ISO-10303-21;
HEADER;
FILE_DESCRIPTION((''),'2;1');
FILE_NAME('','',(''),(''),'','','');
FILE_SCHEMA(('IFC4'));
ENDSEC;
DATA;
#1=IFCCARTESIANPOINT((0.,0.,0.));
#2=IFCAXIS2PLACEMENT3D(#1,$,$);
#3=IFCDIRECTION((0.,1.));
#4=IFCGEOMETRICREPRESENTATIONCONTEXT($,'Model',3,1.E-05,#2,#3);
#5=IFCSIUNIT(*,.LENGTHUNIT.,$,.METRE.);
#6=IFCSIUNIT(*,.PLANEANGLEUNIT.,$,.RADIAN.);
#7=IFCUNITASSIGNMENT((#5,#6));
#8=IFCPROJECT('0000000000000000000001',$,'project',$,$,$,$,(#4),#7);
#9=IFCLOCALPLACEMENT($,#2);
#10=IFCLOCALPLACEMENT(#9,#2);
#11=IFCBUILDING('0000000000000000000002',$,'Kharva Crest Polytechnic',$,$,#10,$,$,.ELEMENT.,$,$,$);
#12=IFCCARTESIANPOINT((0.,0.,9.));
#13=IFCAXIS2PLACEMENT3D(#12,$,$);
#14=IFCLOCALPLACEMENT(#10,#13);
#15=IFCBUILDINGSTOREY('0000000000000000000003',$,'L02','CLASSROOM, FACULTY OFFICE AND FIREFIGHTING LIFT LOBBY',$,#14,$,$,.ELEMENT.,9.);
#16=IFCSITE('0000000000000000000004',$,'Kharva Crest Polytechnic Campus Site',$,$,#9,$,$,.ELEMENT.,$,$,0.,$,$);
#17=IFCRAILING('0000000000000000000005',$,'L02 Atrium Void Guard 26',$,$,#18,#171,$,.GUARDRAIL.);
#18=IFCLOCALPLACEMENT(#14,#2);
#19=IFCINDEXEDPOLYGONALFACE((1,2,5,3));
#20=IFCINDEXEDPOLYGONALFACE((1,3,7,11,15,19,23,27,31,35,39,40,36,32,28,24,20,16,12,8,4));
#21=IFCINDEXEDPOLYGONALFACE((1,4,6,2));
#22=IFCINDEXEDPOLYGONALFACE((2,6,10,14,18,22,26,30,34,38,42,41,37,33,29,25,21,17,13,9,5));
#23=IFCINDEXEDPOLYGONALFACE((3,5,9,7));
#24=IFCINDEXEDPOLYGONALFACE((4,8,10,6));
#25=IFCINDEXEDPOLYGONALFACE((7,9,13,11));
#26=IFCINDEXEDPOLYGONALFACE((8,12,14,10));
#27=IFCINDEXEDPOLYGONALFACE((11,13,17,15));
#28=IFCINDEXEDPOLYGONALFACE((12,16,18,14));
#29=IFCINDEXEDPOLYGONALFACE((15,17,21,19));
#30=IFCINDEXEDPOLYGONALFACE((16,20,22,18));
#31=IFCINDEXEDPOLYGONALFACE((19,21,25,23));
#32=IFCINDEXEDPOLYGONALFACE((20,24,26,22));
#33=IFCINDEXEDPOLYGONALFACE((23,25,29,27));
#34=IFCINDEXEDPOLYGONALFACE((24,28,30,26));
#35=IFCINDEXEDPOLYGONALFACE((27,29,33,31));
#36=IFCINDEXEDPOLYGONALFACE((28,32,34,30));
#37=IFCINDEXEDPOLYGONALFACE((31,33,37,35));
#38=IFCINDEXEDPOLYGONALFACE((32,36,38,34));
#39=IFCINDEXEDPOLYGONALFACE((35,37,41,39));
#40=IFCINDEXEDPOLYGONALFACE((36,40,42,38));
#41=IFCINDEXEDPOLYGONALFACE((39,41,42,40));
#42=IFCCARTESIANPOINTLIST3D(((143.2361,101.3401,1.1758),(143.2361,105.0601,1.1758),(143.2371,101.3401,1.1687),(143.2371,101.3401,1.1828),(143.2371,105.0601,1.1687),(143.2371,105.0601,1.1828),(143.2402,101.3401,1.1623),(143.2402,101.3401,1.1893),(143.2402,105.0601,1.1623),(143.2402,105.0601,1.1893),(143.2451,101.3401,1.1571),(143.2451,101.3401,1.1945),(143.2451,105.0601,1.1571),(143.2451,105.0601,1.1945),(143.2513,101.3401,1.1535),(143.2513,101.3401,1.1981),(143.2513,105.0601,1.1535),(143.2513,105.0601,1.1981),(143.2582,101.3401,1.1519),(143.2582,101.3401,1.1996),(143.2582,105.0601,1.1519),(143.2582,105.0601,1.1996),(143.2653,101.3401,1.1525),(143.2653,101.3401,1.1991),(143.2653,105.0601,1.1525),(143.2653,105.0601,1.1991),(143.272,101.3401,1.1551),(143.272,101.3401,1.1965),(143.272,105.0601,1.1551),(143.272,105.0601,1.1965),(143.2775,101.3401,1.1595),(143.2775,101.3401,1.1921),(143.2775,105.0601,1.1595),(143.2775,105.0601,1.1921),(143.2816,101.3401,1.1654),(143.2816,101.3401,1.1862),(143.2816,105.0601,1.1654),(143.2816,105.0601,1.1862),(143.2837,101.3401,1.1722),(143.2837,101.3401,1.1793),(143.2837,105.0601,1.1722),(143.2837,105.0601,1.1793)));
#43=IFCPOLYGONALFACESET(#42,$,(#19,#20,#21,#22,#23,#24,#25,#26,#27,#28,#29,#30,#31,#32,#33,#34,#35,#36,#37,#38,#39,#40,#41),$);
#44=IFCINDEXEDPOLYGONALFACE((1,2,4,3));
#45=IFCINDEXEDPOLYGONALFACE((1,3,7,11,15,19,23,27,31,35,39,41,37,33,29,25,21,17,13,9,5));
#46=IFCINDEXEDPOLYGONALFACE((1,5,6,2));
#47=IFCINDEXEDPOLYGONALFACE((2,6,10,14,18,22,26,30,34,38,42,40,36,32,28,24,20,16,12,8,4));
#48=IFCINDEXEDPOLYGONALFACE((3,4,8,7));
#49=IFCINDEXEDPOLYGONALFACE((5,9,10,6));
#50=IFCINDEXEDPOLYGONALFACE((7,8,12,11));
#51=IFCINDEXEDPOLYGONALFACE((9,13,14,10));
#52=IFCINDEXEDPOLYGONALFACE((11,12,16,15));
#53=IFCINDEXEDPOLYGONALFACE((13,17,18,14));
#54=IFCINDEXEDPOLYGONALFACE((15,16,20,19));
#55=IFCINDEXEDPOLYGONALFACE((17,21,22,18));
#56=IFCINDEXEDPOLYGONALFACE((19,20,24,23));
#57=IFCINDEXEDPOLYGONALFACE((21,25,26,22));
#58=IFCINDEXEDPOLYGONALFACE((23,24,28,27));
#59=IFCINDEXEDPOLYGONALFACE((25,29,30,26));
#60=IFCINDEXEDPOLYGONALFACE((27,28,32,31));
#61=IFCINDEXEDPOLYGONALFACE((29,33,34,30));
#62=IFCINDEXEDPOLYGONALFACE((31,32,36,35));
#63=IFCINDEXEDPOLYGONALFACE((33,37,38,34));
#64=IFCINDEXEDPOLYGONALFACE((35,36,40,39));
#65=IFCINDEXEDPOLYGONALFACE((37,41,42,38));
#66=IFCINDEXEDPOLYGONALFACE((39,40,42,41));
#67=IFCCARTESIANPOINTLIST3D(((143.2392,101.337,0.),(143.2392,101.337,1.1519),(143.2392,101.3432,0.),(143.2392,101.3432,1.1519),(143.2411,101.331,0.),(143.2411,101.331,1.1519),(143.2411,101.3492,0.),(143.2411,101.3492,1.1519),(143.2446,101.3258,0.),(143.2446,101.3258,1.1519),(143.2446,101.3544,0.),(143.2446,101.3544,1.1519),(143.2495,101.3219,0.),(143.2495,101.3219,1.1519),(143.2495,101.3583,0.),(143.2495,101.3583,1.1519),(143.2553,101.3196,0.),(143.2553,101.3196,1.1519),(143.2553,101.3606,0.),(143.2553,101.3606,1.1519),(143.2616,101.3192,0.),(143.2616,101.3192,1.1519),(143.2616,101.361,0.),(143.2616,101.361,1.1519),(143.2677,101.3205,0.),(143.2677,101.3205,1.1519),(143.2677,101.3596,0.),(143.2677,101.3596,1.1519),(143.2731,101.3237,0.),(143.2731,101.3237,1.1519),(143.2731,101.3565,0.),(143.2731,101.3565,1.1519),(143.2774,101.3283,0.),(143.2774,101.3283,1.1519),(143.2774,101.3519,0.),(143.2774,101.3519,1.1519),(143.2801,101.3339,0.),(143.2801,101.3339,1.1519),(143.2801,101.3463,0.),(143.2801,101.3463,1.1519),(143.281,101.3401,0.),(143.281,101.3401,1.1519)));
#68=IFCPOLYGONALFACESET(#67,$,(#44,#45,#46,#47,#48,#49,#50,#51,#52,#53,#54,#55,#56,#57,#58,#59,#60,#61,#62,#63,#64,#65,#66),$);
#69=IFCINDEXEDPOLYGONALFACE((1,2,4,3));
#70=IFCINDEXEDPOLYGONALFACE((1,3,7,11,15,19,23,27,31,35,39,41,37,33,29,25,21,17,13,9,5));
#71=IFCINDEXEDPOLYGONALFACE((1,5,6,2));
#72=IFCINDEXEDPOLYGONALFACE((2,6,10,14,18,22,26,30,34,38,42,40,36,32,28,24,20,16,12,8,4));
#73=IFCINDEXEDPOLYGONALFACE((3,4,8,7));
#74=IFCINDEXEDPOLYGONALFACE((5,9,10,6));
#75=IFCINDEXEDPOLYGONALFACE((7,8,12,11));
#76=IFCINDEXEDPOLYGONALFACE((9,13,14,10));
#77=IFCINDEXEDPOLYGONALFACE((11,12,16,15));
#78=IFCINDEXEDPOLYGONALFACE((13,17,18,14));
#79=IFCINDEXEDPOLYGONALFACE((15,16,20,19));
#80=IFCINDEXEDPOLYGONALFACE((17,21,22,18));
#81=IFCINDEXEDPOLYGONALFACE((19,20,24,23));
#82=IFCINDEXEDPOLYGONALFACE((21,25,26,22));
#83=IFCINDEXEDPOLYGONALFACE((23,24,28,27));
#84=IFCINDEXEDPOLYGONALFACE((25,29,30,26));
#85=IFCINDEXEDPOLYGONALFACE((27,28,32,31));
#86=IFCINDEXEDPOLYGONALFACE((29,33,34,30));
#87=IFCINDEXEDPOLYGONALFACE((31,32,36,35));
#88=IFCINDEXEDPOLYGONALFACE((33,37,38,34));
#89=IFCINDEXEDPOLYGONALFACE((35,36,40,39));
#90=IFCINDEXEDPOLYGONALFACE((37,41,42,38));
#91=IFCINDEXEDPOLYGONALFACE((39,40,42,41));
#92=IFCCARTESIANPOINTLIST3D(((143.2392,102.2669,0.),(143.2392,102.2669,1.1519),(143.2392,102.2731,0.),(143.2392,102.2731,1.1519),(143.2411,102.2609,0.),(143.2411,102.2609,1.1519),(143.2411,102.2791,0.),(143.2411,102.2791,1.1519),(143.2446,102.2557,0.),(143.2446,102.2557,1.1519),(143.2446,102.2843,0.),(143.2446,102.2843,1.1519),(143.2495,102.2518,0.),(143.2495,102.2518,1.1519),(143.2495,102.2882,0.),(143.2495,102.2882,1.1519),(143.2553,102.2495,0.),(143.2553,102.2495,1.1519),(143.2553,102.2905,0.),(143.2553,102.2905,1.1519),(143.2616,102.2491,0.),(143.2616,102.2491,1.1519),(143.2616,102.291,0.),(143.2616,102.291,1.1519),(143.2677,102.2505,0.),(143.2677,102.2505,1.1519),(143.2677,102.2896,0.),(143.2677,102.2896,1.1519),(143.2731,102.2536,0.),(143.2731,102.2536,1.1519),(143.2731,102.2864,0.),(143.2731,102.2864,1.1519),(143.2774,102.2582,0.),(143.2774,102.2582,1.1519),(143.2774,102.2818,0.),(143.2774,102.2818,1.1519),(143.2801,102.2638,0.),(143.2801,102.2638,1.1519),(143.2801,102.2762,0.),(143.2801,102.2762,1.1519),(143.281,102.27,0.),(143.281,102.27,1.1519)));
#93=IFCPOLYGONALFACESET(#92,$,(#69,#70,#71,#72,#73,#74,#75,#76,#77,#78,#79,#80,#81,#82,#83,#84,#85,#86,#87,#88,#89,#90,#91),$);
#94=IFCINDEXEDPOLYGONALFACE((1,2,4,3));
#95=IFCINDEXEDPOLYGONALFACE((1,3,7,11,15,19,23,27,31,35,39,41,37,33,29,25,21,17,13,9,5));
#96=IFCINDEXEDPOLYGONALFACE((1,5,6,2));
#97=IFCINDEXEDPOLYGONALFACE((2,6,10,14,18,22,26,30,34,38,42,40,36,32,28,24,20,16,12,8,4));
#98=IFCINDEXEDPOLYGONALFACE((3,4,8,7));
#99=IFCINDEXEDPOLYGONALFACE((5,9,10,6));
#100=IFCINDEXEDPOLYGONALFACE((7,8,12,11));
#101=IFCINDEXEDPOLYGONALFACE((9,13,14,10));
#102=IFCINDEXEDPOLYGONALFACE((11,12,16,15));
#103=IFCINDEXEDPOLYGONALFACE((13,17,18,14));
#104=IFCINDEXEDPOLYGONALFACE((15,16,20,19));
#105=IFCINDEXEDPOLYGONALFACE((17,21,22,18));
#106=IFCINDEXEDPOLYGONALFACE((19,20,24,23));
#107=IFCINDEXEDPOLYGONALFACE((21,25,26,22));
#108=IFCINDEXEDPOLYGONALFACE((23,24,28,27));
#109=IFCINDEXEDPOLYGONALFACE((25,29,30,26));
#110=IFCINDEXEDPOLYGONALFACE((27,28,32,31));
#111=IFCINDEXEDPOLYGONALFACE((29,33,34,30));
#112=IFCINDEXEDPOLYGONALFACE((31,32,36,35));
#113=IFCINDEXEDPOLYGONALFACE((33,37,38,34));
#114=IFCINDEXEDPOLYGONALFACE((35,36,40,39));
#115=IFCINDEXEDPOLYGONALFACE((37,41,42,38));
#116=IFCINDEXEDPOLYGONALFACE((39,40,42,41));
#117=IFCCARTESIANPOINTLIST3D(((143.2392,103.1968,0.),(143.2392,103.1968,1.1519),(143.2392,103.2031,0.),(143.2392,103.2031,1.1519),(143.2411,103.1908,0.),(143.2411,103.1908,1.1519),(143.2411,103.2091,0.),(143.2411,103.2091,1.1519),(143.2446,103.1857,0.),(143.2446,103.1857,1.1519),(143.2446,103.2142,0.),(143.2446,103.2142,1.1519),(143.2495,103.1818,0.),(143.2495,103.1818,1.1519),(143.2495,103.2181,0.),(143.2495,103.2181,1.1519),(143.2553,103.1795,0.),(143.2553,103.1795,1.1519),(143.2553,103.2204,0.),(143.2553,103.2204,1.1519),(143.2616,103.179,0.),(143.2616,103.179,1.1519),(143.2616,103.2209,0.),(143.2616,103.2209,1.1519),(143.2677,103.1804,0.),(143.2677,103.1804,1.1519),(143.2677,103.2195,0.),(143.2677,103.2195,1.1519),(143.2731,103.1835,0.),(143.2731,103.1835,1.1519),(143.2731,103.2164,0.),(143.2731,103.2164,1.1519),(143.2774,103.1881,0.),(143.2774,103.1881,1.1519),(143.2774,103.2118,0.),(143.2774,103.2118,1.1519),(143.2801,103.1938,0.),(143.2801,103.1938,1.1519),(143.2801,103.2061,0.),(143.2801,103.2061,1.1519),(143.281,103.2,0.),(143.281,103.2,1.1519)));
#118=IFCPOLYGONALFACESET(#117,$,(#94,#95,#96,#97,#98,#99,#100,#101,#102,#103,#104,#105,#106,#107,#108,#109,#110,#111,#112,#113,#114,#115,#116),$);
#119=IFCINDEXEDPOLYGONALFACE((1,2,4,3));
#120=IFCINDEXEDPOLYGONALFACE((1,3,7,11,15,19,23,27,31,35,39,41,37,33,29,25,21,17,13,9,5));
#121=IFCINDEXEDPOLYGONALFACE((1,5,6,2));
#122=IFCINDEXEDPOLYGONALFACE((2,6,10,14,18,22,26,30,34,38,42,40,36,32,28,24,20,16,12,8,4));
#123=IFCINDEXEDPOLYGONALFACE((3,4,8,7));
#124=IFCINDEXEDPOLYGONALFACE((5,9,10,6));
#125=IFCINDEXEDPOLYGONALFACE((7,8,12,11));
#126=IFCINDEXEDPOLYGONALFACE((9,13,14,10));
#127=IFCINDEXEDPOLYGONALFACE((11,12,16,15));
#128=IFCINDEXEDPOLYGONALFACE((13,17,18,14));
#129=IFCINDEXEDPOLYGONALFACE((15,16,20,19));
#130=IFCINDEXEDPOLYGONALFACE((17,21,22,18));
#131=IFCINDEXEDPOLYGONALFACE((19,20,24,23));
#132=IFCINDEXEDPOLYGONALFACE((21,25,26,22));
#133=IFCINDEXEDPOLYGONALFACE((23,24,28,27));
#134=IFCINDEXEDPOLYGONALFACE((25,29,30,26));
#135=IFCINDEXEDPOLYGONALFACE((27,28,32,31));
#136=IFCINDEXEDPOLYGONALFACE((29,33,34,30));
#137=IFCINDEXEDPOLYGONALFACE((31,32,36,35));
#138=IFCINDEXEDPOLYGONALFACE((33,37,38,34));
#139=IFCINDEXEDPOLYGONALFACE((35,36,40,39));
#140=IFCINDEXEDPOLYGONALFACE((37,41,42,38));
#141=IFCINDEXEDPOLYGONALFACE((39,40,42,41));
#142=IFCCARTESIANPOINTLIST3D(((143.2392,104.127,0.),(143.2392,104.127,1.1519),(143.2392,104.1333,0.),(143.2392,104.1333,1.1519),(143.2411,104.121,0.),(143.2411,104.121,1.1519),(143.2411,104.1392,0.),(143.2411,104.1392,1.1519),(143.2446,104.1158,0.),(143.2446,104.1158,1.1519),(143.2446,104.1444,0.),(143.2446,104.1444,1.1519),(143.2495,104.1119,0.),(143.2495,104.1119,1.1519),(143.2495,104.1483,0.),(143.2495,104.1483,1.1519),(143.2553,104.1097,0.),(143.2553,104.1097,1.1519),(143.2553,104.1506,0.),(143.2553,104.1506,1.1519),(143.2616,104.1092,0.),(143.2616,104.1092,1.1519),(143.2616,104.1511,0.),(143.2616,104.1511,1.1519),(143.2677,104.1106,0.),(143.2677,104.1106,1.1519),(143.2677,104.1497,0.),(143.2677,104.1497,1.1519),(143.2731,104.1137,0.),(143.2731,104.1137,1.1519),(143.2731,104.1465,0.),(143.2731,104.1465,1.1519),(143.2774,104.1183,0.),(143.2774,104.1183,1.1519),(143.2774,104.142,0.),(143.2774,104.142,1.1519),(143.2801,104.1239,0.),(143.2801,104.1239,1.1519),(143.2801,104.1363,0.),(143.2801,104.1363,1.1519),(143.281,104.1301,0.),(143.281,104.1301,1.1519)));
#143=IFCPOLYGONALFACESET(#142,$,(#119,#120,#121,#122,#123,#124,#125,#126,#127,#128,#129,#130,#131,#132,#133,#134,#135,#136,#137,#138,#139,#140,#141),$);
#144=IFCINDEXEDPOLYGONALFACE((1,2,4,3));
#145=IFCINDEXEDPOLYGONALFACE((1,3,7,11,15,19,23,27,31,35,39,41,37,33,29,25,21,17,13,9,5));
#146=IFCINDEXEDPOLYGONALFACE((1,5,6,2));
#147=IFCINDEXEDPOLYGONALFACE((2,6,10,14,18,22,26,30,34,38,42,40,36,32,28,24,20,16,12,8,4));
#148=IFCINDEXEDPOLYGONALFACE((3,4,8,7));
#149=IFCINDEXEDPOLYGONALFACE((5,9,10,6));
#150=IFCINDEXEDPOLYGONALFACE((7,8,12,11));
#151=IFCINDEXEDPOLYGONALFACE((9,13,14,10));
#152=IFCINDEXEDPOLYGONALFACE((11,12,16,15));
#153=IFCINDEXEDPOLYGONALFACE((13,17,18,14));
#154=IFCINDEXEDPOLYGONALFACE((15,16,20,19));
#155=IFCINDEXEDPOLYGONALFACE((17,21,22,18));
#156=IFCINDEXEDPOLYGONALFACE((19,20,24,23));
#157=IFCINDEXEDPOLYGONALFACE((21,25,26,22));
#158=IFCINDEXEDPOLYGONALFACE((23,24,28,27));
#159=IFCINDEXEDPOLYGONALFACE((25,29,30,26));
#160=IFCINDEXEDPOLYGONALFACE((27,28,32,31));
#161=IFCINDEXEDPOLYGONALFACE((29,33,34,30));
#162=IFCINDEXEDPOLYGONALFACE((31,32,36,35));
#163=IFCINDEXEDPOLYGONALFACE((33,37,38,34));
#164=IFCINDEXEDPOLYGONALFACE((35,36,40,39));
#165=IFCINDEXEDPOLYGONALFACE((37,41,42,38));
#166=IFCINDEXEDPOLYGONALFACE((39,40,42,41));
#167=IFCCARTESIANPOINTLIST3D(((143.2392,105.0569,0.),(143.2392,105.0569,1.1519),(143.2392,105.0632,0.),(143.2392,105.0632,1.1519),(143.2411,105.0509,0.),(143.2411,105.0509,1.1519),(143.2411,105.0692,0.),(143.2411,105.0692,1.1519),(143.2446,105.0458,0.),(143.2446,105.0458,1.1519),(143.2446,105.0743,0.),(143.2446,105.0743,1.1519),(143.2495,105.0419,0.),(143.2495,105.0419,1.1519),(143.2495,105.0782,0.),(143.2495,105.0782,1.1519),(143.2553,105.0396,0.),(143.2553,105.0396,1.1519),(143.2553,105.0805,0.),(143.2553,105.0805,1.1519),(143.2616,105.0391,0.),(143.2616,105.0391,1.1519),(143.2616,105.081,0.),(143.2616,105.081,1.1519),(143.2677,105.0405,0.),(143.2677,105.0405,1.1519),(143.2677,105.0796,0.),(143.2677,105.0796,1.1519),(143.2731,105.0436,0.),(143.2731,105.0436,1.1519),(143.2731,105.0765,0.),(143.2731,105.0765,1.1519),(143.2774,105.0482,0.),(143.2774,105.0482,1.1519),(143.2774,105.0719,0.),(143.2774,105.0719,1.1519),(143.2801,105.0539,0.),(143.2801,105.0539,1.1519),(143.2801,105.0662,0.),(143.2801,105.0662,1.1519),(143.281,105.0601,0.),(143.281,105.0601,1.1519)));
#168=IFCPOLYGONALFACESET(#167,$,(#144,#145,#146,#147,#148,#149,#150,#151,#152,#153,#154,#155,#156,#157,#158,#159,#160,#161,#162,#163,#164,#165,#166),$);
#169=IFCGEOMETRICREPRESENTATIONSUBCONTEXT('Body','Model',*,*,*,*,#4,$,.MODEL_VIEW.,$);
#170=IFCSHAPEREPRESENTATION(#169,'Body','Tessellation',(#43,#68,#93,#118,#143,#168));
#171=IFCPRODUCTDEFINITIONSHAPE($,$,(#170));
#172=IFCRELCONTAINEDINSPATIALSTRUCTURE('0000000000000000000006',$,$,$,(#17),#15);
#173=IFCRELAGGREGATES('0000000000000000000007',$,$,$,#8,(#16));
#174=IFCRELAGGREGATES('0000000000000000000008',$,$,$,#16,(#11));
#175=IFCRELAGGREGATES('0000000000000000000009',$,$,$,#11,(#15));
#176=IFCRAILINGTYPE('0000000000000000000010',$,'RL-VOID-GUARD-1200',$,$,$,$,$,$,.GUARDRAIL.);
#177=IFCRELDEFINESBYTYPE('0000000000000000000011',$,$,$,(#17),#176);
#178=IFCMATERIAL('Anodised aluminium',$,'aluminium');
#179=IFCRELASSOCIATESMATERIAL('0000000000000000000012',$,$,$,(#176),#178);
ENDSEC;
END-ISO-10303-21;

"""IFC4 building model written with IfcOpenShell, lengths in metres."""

from ifc_helpers import new_model, si_unit, direction, frame, origin, origin_2d, place, context, subcontext, project, spatial, circle, extrude, material, type_object, element, save


model = new_model("IFC4")

# Units and contexts
model_context = context("Model", 3, precision=1e-05, world=origin(), true_north=direction((0.0, 1.0)))
body_context = subcontext(model_context, "Body", "Model", "MODEL_VIEW")
ifc_project = project(units=[si_unit("LENGTHUNIT", "METRE"), si_unit("PLANEANGLEUNIT", "RADIAN")], contexts=[model_context])

# Site, building, storey
site_placement = place(None, origin())
site = spatial("IfcSite", under=ifc_project, at=site_placement, Name="Kharva Crest Polytechnic Campus Site", CompositionType="ELEMENT", RefElevation=0.0)
building_placement = place(site_placement, origin())
building = spatial("IfcBuilding", under=site, at=building_placement, Name="Kharva Crest Polytechnic", CompositionType="ELEMENT")
storey_placement = place(building_placement, frame((0.0, 0.0, 9.0)))
storey = spatial("IfcBuildingStorey", under=building, at=storey_placement, Name="L02", Description="CLASSROOM, FACULTY OFFICE AND FIREFIGHTING LIFT LOBBY", CompositionType="ELEMENT", Elevation=9.0)

# Shared definitions
ifc_material_1 = material(Name="Anodised aluminium", Category="aluminium")

# Railing
railing_type = type_object("IfcRailingType", Name="RL-VOID-GUARD-1200", PredefinedType="GUARDRAIL", material=ifc_material_1)
railing_1_placement = place(storey_placement, frame((143.26, 101.3401, 0.0)))
element("IfcRailing", 1, at=railing_1_placement, inside=storey, type_object=railing_type, Name="L02 Atrium Void Guard 26", PredefinedType="GUARDRAIL", context=body_context, shape_type="SweptSolid", body=[
    extrude(circle(Radius=0.0239, at=origin_2d()), frame((0.0, 0.0, 1.1758), z_axis=(0.0, 1.0, 0.0), x_axis=(-1.0, 0.0, 0.0)), (0.0, 0.0, 1.0), 3.72),
    extrude(circle(Radius=0.021, at=origin_2d()), origin(), (0.0, 0.0, 1.0), 1.1519),
    extrude(circle(Radius=0.021, at=origin_2d()), frame((0.0, 0.9299, 0.0)), (0.0, 0.0, 1.0), 1.1519),
    extrude(circle(Radius=0.021, at=origin_2d()), frame((0.0, 1.8599, 0.0)), (0.0, 0.0, 1.0), 1.1519),
    extrude(circle(Radius=0.021, at=origin_2d()), frame((0.0, 2.79, 0.0)), (0.0, 0.0, 1.0), 1.1519),
    extrude(circle(Radius=0.021, at=origin_2d()), frame((0.0, 3.72, 0.0)), (0.0, 0.0, 1.0), 1.1519),
])

save(model, "model.ifc")
